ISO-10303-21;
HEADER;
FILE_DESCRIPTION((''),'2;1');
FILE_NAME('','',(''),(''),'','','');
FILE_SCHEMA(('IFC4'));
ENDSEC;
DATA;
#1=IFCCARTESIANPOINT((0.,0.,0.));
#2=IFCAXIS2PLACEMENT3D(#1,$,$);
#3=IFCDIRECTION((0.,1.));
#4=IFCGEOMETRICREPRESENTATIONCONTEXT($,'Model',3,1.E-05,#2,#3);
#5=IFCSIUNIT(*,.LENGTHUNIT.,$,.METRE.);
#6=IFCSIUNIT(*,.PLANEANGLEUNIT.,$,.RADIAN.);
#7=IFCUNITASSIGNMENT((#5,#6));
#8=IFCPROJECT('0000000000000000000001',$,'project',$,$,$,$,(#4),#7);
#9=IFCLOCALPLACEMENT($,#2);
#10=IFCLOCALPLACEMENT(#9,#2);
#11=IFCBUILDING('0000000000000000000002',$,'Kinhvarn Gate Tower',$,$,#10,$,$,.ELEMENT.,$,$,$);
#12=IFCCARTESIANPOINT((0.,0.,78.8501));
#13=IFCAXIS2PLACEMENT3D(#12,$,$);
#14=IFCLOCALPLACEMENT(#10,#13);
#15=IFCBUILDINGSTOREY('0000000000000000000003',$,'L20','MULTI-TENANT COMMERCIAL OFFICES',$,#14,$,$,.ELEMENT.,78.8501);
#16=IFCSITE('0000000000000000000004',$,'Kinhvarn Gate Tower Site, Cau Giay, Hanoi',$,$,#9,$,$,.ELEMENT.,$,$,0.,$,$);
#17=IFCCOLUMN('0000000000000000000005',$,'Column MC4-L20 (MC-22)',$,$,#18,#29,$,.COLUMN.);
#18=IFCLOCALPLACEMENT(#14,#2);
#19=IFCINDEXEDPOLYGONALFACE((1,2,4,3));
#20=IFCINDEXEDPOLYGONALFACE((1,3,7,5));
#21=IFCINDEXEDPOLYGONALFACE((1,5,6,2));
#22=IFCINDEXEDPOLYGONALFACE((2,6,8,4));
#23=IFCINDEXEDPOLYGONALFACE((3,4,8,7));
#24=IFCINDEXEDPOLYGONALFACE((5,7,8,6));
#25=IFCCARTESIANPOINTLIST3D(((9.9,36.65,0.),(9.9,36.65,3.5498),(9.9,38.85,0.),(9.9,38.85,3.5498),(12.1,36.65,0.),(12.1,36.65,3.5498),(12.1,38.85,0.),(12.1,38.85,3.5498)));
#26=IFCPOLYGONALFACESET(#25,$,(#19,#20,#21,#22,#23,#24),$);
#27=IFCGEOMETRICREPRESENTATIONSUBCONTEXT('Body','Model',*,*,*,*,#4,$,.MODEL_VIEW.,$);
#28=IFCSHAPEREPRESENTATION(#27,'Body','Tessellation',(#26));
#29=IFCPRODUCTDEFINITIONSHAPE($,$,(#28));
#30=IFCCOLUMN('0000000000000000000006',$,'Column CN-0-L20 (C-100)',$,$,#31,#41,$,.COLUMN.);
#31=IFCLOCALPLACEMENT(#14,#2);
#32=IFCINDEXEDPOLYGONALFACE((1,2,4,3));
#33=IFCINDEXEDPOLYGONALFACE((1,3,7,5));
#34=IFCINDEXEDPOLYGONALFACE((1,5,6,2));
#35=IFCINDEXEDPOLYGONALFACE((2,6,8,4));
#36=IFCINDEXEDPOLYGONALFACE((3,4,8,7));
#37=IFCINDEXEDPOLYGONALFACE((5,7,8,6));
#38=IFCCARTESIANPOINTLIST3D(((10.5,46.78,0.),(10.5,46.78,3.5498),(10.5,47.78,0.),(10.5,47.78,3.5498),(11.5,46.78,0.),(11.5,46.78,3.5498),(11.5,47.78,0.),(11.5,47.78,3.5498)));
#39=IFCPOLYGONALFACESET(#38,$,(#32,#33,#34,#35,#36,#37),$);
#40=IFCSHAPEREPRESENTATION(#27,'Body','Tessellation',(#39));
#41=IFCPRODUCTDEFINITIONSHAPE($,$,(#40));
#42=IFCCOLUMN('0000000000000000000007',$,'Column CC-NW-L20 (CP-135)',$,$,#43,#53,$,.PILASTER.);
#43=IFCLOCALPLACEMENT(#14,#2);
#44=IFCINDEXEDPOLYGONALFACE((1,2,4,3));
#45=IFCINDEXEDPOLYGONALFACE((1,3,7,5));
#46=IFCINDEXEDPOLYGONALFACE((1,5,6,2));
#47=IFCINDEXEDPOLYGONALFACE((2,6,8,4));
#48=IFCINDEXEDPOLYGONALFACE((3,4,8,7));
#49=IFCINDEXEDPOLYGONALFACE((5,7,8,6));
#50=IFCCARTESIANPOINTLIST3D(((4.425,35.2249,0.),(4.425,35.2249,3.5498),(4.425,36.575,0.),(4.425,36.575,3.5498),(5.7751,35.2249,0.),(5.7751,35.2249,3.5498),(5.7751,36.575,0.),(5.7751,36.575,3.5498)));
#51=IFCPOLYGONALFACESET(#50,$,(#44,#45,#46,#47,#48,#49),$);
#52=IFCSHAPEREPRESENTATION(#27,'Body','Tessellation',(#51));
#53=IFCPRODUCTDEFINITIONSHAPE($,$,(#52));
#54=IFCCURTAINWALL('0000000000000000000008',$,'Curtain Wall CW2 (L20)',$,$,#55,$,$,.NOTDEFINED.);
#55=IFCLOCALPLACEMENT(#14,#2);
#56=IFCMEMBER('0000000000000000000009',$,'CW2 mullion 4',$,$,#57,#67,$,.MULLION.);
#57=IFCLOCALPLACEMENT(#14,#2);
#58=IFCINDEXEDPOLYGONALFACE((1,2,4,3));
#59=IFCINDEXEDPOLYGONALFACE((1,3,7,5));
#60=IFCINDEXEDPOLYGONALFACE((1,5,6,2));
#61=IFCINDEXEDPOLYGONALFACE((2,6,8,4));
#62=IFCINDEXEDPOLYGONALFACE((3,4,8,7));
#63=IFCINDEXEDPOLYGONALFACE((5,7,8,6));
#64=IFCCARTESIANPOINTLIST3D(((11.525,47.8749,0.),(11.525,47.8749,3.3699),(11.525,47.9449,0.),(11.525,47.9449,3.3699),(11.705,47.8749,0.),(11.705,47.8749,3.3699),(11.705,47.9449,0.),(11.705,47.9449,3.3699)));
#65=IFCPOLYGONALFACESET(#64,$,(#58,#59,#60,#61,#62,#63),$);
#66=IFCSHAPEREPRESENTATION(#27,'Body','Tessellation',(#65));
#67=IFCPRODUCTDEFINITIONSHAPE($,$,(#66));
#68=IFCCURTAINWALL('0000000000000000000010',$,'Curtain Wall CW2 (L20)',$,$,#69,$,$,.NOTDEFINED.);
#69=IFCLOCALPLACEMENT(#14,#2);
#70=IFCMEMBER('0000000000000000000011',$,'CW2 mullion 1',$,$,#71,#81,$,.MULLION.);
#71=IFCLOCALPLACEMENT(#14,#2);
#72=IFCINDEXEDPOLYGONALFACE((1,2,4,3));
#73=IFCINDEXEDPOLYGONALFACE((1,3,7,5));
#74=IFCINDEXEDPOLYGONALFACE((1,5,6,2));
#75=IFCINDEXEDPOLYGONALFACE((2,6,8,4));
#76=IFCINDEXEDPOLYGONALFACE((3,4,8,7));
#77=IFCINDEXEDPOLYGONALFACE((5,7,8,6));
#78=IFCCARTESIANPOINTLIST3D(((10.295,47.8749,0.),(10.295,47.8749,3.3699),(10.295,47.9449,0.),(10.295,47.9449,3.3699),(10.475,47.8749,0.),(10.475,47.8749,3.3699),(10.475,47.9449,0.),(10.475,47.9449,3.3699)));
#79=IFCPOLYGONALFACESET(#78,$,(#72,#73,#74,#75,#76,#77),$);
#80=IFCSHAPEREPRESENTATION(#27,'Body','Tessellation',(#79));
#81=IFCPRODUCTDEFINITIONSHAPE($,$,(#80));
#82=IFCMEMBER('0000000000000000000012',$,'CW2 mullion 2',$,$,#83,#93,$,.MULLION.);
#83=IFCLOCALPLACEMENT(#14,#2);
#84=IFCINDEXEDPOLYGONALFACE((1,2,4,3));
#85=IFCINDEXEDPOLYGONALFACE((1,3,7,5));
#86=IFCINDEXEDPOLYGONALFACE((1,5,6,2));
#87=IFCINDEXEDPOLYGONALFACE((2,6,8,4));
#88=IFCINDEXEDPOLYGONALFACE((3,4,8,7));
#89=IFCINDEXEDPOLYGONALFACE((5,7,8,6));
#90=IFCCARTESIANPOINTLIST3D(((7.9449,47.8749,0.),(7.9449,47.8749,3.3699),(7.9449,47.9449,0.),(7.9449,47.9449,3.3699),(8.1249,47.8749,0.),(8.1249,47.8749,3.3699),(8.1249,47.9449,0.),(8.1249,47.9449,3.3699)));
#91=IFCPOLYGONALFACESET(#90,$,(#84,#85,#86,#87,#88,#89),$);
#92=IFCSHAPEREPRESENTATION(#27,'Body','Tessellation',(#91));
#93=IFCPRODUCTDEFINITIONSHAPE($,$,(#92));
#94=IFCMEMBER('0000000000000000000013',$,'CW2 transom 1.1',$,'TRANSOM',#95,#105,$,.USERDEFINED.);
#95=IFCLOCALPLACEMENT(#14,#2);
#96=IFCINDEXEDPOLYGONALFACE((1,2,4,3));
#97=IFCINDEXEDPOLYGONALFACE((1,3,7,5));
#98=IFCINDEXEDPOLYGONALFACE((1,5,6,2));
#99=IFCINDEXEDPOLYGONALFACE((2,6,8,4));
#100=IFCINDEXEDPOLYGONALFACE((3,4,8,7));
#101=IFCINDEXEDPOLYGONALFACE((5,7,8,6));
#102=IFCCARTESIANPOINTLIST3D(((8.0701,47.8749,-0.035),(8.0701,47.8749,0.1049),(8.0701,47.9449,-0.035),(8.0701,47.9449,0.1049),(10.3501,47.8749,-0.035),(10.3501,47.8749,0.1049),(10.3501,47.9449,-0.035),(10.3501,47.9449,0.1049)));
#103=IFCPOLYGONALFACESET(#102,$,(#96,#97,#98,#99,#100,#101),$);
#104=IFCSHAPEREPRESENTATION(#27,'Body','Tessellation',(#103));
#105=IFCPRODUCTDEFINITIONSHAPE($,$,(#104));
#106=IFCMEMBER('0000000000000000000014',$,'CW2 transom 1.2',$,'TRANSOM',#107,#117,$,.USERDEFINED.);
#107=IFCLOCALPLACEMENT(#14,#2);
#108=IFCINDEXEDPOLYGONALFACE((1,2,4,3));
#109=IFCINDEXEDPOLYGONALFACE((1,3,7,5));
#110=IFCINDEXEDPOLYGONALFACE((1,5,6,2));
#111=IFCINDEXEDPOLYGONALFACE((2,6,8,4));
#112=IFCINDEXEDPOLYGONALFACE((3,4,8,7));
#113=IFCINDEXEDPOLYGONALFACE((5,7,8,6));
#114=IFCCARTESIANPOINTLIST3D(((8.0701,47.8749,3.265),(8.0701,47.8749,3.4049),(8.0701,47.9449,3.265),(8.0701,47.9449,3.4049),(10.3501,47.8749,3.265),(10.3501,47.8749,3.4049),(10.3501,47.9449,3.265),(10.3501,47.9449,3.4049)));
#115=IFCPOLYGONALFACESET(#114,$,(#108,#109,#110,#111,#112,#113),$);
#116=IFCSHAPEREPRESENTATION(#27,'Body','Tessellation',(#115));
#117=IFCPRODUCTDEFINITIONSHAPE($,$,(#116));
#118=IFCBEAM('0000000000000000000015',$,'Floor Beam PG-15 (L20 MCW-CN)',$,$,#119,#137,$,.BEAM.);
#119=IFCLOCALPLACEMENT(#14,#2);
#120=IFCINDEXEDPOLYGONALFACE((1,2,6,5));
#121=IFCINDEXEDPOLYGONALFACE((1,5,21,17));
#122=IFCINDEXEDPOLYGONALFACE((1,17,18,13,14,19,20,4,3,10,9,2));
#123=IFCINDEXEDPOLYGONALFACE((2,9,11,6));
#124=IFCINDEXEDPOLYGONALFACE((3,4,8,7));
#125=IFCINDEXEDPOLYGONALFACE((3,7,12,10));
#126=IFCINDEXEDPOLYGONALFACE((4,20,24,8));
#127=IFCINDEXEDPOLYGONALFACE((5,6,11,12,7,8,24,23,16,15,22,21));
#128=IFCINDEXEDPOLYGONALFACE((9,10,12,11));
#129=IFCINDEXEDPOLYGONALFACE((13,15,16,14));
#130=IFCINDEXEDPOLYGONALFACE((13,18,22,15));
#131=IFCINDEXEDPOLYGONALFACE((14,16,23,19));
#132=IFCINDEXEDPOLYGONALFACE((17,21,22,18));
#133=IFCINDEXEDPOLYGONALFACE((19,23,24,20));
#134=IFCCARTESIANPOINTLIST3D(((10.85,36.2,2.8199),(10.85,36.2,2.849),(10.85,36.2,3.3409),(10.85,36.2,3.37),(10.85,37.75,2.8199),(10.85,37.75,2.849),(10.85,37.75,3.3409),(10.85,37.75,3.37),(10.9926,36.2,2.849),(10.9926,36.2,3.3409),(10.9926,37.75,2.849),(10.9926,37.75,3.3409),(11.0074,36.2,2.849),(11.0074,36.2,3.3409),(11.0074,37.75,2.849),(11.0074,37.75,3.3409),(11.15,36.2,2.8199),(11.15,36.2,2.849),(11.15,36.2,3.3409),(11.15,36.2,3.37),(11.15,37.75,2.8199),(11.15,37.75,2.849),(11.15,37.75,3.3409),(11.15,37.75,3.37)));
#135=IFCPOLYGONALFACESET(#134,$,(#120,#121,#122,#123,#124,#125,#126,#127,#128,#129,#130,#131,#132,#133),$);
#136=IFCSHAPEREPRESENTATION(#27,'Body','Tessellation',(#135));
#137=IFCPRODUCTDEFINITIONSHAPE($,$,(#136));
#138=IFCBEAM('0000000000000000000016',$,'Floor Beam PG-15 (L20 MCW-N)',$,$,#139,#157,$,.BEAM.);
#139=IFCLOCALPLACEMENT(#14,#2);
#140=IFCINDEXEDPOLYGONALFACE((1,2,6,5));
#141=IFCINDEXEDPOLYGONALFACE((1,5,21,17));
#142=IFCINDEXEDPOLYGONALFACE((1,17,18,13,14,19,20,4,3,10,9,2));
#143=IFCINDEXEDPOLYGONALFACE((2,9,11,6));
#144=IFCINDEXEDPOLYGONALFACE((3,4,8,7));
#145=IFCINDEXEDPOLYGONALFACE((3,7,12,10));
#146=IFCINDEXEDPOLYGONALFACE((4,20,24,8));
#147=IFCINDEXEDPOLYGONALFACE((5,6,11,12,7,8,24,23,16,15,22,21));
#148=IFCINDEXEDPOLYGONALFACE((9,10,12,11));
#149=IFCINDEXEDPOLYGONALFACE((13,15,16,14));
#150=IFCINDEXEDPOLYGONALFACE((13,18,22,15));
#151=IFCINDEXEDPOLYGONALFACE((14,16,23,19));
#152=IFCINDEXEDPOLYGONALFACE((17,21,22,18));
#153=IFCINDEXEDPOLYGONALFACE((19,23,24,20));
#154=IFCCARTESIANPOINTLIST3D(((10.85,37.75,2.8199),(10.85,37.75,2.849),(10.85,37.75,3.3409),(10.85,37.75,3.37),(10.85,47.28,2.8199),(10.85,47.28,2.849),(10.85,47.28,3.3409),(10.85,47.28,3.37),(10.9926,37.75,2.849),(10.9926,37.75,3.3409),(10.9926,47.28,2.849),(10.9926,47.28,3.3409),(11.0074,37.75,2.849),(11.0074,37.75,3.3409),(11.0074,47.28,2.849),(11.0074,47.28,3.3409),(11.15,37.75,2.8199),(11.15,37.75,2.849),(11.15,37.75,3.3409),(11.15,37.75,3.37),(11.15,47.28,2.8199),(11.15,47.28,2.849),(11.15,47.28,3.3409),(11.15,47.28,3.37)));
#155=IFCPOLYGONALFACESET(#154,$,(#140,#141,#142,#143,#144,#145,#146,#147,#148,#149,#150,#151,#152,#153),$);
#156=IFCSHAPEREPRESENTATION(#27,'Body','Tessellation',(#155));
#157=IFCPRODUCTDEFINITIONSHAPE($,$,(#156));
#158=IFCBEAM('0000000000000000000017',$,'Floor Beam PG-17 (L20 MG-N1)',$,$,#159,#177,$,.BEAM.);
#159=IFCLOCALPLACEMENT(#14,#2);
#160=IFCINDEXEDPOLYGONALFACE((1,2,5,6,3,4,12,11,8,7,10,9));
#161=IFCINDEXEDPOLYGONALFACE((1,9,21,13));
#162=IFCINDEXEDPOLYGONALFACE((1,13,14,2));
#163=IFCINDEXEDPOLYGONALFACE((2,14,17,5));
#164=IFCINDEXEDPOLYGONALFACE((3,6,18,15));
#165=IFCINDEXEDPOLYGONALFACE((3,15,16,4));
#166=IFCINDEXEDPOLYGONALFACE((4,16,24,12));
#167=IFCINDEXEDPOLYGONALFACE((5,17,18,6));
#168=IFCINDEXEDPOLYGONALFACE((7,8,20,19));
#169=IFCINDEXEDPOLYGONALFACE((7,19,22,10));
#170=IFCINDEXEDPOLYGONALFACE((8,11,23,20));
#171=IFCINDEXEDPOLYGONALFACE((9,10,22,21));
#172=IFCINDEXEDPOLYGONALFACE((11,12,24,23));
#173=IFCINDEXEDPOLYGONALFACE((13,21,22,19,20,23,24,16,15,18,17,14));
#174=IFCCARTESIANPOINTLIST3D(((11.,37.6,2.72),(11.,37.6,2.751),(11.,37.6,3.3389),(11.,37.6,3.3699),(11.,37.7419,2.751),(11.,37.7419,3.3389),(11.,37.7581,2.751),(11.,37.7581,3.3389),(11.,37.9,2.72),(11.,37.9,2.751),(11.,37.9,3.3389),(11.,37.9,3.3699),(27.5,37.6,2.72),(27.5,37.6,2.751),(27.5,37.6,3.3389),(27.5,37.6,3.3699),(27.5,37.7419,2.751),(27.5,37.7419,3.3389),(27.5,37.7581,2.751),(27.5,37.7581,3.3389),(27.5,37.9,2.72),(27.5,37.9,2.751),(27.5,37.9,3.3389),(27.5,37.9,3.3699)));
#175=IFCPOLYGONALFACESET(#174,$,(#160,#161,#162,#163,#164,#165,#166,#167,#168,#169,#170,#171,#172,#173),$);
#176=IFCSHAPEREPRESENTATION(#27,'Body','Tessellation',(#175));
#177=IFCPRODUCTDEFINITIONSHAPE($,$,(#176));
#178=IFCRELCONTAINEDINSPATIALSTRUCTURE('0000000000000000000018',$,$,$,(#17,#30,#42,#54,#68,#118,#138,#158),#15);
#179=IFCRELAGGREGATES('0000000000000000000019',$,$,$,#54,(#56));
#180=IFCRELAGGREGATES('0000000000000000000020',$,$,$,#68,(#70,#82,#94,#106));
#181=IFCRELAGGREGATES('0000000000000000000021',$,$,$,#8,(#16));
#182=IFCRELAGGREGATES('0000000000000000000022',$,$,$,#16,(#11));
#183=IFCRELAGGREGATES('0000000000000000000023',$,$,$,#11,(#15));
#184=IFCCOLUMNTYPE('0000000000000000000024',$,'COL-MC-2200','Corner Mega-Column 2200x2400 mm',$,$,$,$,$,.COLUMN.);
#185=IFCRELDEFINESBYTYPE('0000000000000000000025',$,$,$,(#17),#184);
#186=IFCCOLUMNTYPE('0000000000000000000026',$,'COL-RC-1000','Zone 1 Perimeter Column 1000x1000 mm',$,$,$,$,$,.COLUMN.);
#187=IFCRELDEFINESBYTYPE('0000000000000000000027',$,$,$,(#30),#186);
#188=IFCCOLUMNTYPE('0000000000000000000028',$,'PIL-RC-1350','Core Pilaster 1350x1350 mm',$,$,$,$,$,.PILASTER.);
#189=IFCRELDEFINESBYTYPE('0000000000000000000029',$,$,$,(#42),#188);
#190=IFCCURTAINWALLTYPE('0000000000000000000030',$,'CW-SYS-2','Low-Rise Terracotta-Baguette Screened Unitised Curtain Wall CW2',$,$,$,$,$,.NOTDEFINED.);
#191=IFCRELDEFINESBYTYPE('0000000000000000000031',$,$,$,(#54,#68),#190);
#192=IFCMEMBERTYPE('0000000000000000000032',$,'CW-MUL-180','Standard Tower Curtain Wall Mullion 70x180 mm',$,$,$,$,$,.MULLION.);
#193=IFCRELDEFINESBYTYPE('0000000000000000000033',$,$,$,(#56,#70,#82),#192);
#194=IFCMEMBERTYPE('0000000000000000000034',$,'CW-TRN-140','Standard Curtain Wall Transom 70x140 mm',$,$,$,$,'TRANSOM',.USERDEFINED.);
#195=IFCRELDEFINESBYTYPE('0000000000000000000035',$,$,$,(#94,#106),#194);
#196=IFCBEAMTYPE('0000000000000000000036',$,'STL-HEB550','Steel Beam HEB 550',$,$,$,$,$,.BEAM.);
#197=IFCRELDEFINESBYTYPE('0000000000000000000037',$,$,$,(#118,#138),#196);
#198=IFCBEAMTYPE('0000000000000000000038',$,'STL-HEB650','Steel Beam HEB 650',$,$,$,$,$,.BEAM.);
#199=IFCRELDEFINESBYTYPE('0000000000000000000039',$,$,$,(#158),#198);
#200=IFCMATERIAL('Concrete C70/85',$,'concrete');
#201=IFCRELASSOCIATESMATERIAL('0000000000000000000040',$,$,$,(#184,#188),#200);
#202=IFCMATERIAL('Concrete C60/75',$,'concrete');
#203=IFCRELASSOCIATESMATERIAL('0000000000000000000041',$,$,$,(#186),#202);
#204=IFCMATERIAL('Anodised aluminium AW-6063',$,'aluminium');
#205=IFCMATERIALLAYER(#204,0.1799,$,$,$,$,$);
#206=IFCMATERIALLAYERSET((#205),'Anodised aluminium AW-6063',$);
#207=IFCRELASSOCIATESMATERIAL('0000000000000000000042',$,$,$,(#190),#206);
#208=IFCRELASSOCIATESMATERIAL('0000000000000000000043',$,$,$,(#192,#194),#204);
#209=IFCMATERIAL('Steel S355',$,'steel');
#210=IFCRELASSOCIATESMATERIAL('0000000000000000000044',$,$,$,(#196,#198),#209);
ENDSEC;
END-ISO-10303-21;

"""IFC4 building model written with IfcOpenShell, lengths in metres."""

from ifc_helpers import new_model, si_unit, direction, frame, origin, origin_2d, place, context, subcontext, project, spatial, rectangle, i_section, extrude, material, layer, layer_set, material_profile, profile_set, type_object, element, aggregate, save


model = new_model("IFC4")

# Units and contexts
model_context = context("Model", 3, precision=1e-05, world=origin(), true_north=direction((0.0, 1.0)))
body_context = subcontext(model_context, "Body", "Model", "MODEL_VIEW")
ifc_project = project(units=[si_unit("LENGTHUNIT", "METRE"), si_unit("PLANEANGLEUNIT", "RADIAN")], contexts=[model_context])

# Site, building, storey
site_placement = place(None, origin())
site = spatial("IfcSite", under=ifc_project, at=site_placement, Name="Kinhvarn Gate Tower Site, Cau Giay, Hanoi", CompositionType="ELEMENT", RefElevation=0.0)
building_placement = place(site_placement, origin())
building = spatial("IfcBuilding", under=site, at=building_placement, Name="Kinhvarn Gate Tower", CompositionType="ELEMENT")
storey_placement = place(building_placement, frame((0.0, 0.0, 78.8501)))
storey = spatial("IfcBuildingStorey", under=building, at=storey_placement, Name="L20", Description="MULTI-TENANT COMMERCIAL OFFICES", CompositionType="ELEMENT", Elevation=78.8501)

# Columns
ifc_material_1 = material(Name="Concrete C70/85", Category="concrete")
ifc_material_profile_1 = material_profile(ifc_material_1, rectangle(XDim=2.2, YDim=2.2, at=origin_2d()), Name="RC 2200x2200")
ifc_profile_set_1 = profile_set([ifc_material_profile_1], Name="Concrete C70/85")
column_type_1 = type_object("IfcColumnType", Name="COL-MC-2200", Description="Corner Mega-Column 2200x2400 mm", PredefinedType="COLUMN", material=ifc_profile_set_1)
column_1_placement = place(storey_placement, frame((11.0, 37.75, 0.0), z_axis=(0.0, 0.0, 1.0), x_axis=(1.0, 0.0, 0.0)))
element("IfcColumn", 1, at=column_1_placement, inside=storey, type_object=column_type_1, Name="Column MC4-L20 (MC-22)", PredefinedType="COLUMN", context=body_context, shape_type="SweptSolid", body=[
    extrude(rectangle(XDim=2.2, YDim=2.2, at=origin_2d()), origin(), (0.0, 0.0, 1.0), 3.5498),
])
ifc_material_2 = material(Name="Concrete C60/75", Category="concrete")
ifc_material_profile_2 = material_profile(ifc_material_2, rectangle(XDim=1.0, YDim=1.0, at=origin_2d()), Name="RC 1000x1000")
ifc_profile_set_2 = profile_set([ifc_material_profile_2], Name="Concrete C60/75")
column_type_2 = type_object("IfcColumnType", Name="COL-RC-1000", Description="Zone 1 Perimeter Column 1000x1000 mm", PredefinedType="COLUMN", material=ifc_profile_set_2)
column_2_placement = place(storey_placement, frame((11.0, 47.28, 0.0), z_axis=(0.0, 0.0, 1.0), x_axis=(1.0, 0.0, 0.0)))
element("IfcColumn", 2, at=column_2_placement, inside=storey, type_object=column_type_2, Name="Column CN-0-L20 (C-100)", PredefinedType="COLUMN", context=body_context, shape_type="SweptSolid", body=[
    extrude(rectangle(XDim=1.0, YDim=1.0, at=origin_2d()), origin(), (0.0, 0.0, 1.0), 3.5498),
])
ifc_material_profile_3 = material_profile(ifc_material_1, rectangle(XDim=1.3501, YDim=1.3501, at=origin_2d()), Name="RC 1350x1350")
ifc_profile_set_3 = profile_set([ifc_material_profile_3], Name="Concrete C70/85")
column_type_3 = type_object("IfcColumnType", Name="PIL-RC-1350", Description="Core Pilaster 1350x1350 mm", PredefinedType="PILASTER", material=ifc_profile_set_3)
column_3_placement = place(storey_placement, frame((5.1001, 35.8999, 0.0), z_axis=(0.0, 0.0, 1.0), x_axis=(1.0, 0.0, 0.0)))
element("IfcColumn", 3, at=column_3_placement, inside=storey, type_object=column_type_3, Name="Column CC-NW-L20 (CP-135)", PredefinedType="PILASTER", context=body_context, shape_type="SweptSolid", body=[
    extrude(rectangle(XDim=1.3501, YDim=1.3501, at=origin_2d()), origin(), (0.0, 0.0, 1.0), 3.5498),
])

# Curtain wall, member
ifc_material_3 = material(Name="Anodised aluminium AW-6063", Category="aluminium")
ifc_layer_1 = layer(ifc_material_3, 0.1799)
ifc_layer_set_1 = layer_set([ifc_layer_1], Name="Anodised aluminium AW-6063")
curtain_wall_type = type_object("IfcCurtainWallType", Name="CW-SYS-2", Description="Low-Rise Terracotta-Baguette Screened Unitised Curtain Wall CW2", PredefinedType="NOTDEFINED", material=ifc_layer_set_1)
curtain_wall_1_placement = place(storey_placement, origin())
curtain_wall_1 = element("IfcCurtainWall", 4, at=curtain_wall_1_placement, inside=storey, type_object=curtain_wall_type, Name="Curtain Wall CW2 (L20)", PredefinedType="NOTDEFINED")
ifc_material_profile_4 = material_profile(ifc_material_3, rectangle(XDim=0.0701, YDim=0.1799, at=origin_2d()), Name="ALU 70x180")
ifc_profile_set_4 = profile_set([ifc_material_profile_4], Name="Anodised aluminium AW-6063")
member_type_1 = type_object("IfcMemberType", Name="CW-MUL-180", Description="Standard Tower Curtain Wall Mullion 70x180 mm", PredefinedType="MULLION", material=ifc_profile_set_4)
member_1_placement = place(storey_placement, frame((11.615, 47.9099, 0.0), z_axis=(0.0, 0.0, 1.0), x_axis=(0.0, -1.0, 0.0)))
member_1 = element("IfcMember", 5, at=member_1_placement, type_object=member_type_1, Name="CW2 mullion 4", PredefinedType="MULLION", context=body_context, shape_type="SweptSolid", body=[
    extrude(rectangle(XDim=0.0701, YDim=0.1799, at=origin_2d()), origin(), (0.0, 0.0, 1.0), 3.3699),
])
aggregate(curtain_wall_1, [member_1])

# Curtain wall, members
curtain_wall_2_placement = place(storey_placement, origin())
curtain_wall_2 = element("IfcCurtainWall", 6, at=curtain_wall_2_placement, inside=storey, type_object=curtain_wall_type, Name="Curtain Wall CW2 (L20)", PredefinedType="NOTDEFINED")
member_2_placement = place(storey_placement, frame((10.385, 47.9099, 0.0), z_axis=(0.0, 0.0, 1.0), x_axis=(0.0, -1.0, 0.0)))
member_2 = element("IfcMember", 7, at=member_2_placement, type_object=member_type_1, Name="CW2 mullion 1", PredefinedType="MULLION", context=body_context, shape_type="SweptSolid", body=[
    extrude(rectangle(XDim=0.0701, YDim=0.1799, at=origin_2d()), origin(), (0.0, 0.0, 1.0), 3.3699),
])
member_3_placement = place(storey_placement, frame((8.0349, 47.9099, 0.0), z_axis=(0.0, 0.0, 1.0), x_axis=(0.0, -1.0, 0.0)))
member_3 = element("IfcMember", 8, at=member_3_placement, type_object=member_type_1, Name="CW2 mullion 2", PredefinedType="MULLION", context=body_context, shape_type="SweptSolid", body=[
    extrude(rectangle(XDim=0.0701, YDim=0.1799, at=origin_2d()), origin(), (0.0, 0.0, 1.0), 3.3699),
])
ifc_material_profile_5 = material_profile(ifc_material_3, rectangle(XDim=0.0701, YDim=0.1399, at=origin_2d()), Name="ALU 70x140")
ifc_profile_set_5 = profile_set([ifc_material_profile_5], Name="Anodised aluminium AW-6063")
member_type_2 = type_object("IfcMemberType", Name="CW-TRN-140", Description="Standard Curtain Wall Transom 70x140 mm", ElementType="TRANSOM", PredefinedType="USERDEFINED", material=ifc_profile_set_5)
member_4_placement = place(storey_placement, frame((10.3501, 47.9099, 0.0349), z_axis=(-1.0, 0.0, 0.0), x_axis=(0.0, -1.0, 0.0)))
member_4 = element("IfcMember", 9, at=member_4_placement, type_object=member_type_2, Name="CW2 transom 1.1", ObjectType="TRANSOM", PredefinedType="USERDEFINED", context=body_context, shape_type="SweptSolid", body=[
    extrude(rectangle(XDim=0.0701, YDim=0.1399, at=origin_2d()), origin(), (0.0, 0.0, 1.0), 2.28),
])
member_5_placement = place(storey_placement, frame((10.3501, 47.9099, 3.335), z_axis=(-1.0, 0.0, 0.0), x_axis=(0.0, -1.0, 0.0)))
member_5 = element("IfcMember", 10, at=member_5_placement, type_object=member_type_2, Name="CW2 transom 1.2", ObjectType="TRANSOM", PredefinedType="USERDEFINED", context=body_context, shape_type="SweptSolid", body=[
    extrude(rectangle(XDim=0.0701, YDim=0.1399, at=origin_2d()), origin(), (0.0, 0.0, 1.0), 2.28),
])

# Beams
ifc_material_4 = material(Name="Steel S355", Category="steel")
ifc_material_profile_6 = material_profile(ifc_material_4, i_section(OverallWidth=0.3, OverallDepth=0.55, WebThickness=0.0149, FlangeThickness=0.0291, at=origin_2d()), Name="HEB 550")
ifc_profile_set_6 = profile_set([ifc_material_profile_6], Name="Steel S355")
beam_type_1 = type_object("IfcBeamType", Name="STL-HEB550", Description="Steel Beam HEB 550", PredefinedType="BEAM", material=ifc_profile_set_6)
beam_1_placement = place(storey_placement, frame((11.0, 36.2, 3.095), z_axis=(0.0, 1.0, 0.0), x_axis=(-1.0, 0.0, 0.0)))
element("IfcBeam", 11, at=beam_1_placement, inside=storey, type_object=beam_type_1, Name="Floor Beam PG-15 (L20 MCW-CN)", PredefinedType="BEAM", context=body_context, shape_type="SweptSolid", body=[
    extrude(i_section(OverallWidth=0.3, OverallDepth=0.55, WebThickness=0.0149, FlangeThickness=0.0291, at=origin_2d()), origin(), (0.0, 0.0, 1.0), 1.55),
])
beam_2_placement = place(storey_placement, frame((11.0, 37.75, 3.095), z_axis=(0.0, 1.0, 0.0), x_axis=(-1.0, 0.0, 0.0)))
element("IfcBeam", 12, at=beam_2_placement, inside=storey, type_object=beam_type_1, Name="Floor Beam PG-15 (L20 MCW-N)", PredefinedType="BEAM", context=body_context, shape_type="SweptSolid", body=[
    extrude(i_section(OverallWidth=0.3, OverallDepth=0.55, WebThickness=0.0149, FlangeThickness=0.0291, at=origin_2d()), origin(), (0.0, 0.0, 1.0), 9.53),
])
ifc_material_profile_7 = material_profile(ifc_material_4, i_section(OverallWidth=0.3, OverallDepth=0.6499, WebThickness=0.0161, FlangeThickness=0.031, at=origin_2d()), Name="HEB 650")
ifc_profile_set_7 = profile_set([ifc_material_profile_7], Name="Steel S355")
beam_type_2 = type_object("IfcBeamType", Name="STL-HEB650", Description="Steel Beam HEB 650", PredefinedType="BEAM", material=ifc_profile_set_7)
beam_3_placement = place(storey_placement, frame((11.0, 37.75, 3.0449), z_axis=(1.0, 0.0, 0.0), x_axis=(0.0, 1.0, 0.0)))
element("IfcBeam", 13, at=beam_3_placement, inside=storey, type_object=beam_type_2, Name="Floor Beam PG-17 (L20 MG-N1)", PredefinedType="BEAM", context=body_context, shape_type="SweptSolid", body=[
    extrude(i_section(OverallWidth=0.3, OverallDepth=0.6499, WebThickness=0.0161, FlangeThickness=0.031, at=origin_2d()), origin(), (0.0, 0.0, 1.0), 16.5),
])

aggregate(curtain_wall_2, [member_2, member_3, member_4, member_5])

save(model, "model.ifc")
